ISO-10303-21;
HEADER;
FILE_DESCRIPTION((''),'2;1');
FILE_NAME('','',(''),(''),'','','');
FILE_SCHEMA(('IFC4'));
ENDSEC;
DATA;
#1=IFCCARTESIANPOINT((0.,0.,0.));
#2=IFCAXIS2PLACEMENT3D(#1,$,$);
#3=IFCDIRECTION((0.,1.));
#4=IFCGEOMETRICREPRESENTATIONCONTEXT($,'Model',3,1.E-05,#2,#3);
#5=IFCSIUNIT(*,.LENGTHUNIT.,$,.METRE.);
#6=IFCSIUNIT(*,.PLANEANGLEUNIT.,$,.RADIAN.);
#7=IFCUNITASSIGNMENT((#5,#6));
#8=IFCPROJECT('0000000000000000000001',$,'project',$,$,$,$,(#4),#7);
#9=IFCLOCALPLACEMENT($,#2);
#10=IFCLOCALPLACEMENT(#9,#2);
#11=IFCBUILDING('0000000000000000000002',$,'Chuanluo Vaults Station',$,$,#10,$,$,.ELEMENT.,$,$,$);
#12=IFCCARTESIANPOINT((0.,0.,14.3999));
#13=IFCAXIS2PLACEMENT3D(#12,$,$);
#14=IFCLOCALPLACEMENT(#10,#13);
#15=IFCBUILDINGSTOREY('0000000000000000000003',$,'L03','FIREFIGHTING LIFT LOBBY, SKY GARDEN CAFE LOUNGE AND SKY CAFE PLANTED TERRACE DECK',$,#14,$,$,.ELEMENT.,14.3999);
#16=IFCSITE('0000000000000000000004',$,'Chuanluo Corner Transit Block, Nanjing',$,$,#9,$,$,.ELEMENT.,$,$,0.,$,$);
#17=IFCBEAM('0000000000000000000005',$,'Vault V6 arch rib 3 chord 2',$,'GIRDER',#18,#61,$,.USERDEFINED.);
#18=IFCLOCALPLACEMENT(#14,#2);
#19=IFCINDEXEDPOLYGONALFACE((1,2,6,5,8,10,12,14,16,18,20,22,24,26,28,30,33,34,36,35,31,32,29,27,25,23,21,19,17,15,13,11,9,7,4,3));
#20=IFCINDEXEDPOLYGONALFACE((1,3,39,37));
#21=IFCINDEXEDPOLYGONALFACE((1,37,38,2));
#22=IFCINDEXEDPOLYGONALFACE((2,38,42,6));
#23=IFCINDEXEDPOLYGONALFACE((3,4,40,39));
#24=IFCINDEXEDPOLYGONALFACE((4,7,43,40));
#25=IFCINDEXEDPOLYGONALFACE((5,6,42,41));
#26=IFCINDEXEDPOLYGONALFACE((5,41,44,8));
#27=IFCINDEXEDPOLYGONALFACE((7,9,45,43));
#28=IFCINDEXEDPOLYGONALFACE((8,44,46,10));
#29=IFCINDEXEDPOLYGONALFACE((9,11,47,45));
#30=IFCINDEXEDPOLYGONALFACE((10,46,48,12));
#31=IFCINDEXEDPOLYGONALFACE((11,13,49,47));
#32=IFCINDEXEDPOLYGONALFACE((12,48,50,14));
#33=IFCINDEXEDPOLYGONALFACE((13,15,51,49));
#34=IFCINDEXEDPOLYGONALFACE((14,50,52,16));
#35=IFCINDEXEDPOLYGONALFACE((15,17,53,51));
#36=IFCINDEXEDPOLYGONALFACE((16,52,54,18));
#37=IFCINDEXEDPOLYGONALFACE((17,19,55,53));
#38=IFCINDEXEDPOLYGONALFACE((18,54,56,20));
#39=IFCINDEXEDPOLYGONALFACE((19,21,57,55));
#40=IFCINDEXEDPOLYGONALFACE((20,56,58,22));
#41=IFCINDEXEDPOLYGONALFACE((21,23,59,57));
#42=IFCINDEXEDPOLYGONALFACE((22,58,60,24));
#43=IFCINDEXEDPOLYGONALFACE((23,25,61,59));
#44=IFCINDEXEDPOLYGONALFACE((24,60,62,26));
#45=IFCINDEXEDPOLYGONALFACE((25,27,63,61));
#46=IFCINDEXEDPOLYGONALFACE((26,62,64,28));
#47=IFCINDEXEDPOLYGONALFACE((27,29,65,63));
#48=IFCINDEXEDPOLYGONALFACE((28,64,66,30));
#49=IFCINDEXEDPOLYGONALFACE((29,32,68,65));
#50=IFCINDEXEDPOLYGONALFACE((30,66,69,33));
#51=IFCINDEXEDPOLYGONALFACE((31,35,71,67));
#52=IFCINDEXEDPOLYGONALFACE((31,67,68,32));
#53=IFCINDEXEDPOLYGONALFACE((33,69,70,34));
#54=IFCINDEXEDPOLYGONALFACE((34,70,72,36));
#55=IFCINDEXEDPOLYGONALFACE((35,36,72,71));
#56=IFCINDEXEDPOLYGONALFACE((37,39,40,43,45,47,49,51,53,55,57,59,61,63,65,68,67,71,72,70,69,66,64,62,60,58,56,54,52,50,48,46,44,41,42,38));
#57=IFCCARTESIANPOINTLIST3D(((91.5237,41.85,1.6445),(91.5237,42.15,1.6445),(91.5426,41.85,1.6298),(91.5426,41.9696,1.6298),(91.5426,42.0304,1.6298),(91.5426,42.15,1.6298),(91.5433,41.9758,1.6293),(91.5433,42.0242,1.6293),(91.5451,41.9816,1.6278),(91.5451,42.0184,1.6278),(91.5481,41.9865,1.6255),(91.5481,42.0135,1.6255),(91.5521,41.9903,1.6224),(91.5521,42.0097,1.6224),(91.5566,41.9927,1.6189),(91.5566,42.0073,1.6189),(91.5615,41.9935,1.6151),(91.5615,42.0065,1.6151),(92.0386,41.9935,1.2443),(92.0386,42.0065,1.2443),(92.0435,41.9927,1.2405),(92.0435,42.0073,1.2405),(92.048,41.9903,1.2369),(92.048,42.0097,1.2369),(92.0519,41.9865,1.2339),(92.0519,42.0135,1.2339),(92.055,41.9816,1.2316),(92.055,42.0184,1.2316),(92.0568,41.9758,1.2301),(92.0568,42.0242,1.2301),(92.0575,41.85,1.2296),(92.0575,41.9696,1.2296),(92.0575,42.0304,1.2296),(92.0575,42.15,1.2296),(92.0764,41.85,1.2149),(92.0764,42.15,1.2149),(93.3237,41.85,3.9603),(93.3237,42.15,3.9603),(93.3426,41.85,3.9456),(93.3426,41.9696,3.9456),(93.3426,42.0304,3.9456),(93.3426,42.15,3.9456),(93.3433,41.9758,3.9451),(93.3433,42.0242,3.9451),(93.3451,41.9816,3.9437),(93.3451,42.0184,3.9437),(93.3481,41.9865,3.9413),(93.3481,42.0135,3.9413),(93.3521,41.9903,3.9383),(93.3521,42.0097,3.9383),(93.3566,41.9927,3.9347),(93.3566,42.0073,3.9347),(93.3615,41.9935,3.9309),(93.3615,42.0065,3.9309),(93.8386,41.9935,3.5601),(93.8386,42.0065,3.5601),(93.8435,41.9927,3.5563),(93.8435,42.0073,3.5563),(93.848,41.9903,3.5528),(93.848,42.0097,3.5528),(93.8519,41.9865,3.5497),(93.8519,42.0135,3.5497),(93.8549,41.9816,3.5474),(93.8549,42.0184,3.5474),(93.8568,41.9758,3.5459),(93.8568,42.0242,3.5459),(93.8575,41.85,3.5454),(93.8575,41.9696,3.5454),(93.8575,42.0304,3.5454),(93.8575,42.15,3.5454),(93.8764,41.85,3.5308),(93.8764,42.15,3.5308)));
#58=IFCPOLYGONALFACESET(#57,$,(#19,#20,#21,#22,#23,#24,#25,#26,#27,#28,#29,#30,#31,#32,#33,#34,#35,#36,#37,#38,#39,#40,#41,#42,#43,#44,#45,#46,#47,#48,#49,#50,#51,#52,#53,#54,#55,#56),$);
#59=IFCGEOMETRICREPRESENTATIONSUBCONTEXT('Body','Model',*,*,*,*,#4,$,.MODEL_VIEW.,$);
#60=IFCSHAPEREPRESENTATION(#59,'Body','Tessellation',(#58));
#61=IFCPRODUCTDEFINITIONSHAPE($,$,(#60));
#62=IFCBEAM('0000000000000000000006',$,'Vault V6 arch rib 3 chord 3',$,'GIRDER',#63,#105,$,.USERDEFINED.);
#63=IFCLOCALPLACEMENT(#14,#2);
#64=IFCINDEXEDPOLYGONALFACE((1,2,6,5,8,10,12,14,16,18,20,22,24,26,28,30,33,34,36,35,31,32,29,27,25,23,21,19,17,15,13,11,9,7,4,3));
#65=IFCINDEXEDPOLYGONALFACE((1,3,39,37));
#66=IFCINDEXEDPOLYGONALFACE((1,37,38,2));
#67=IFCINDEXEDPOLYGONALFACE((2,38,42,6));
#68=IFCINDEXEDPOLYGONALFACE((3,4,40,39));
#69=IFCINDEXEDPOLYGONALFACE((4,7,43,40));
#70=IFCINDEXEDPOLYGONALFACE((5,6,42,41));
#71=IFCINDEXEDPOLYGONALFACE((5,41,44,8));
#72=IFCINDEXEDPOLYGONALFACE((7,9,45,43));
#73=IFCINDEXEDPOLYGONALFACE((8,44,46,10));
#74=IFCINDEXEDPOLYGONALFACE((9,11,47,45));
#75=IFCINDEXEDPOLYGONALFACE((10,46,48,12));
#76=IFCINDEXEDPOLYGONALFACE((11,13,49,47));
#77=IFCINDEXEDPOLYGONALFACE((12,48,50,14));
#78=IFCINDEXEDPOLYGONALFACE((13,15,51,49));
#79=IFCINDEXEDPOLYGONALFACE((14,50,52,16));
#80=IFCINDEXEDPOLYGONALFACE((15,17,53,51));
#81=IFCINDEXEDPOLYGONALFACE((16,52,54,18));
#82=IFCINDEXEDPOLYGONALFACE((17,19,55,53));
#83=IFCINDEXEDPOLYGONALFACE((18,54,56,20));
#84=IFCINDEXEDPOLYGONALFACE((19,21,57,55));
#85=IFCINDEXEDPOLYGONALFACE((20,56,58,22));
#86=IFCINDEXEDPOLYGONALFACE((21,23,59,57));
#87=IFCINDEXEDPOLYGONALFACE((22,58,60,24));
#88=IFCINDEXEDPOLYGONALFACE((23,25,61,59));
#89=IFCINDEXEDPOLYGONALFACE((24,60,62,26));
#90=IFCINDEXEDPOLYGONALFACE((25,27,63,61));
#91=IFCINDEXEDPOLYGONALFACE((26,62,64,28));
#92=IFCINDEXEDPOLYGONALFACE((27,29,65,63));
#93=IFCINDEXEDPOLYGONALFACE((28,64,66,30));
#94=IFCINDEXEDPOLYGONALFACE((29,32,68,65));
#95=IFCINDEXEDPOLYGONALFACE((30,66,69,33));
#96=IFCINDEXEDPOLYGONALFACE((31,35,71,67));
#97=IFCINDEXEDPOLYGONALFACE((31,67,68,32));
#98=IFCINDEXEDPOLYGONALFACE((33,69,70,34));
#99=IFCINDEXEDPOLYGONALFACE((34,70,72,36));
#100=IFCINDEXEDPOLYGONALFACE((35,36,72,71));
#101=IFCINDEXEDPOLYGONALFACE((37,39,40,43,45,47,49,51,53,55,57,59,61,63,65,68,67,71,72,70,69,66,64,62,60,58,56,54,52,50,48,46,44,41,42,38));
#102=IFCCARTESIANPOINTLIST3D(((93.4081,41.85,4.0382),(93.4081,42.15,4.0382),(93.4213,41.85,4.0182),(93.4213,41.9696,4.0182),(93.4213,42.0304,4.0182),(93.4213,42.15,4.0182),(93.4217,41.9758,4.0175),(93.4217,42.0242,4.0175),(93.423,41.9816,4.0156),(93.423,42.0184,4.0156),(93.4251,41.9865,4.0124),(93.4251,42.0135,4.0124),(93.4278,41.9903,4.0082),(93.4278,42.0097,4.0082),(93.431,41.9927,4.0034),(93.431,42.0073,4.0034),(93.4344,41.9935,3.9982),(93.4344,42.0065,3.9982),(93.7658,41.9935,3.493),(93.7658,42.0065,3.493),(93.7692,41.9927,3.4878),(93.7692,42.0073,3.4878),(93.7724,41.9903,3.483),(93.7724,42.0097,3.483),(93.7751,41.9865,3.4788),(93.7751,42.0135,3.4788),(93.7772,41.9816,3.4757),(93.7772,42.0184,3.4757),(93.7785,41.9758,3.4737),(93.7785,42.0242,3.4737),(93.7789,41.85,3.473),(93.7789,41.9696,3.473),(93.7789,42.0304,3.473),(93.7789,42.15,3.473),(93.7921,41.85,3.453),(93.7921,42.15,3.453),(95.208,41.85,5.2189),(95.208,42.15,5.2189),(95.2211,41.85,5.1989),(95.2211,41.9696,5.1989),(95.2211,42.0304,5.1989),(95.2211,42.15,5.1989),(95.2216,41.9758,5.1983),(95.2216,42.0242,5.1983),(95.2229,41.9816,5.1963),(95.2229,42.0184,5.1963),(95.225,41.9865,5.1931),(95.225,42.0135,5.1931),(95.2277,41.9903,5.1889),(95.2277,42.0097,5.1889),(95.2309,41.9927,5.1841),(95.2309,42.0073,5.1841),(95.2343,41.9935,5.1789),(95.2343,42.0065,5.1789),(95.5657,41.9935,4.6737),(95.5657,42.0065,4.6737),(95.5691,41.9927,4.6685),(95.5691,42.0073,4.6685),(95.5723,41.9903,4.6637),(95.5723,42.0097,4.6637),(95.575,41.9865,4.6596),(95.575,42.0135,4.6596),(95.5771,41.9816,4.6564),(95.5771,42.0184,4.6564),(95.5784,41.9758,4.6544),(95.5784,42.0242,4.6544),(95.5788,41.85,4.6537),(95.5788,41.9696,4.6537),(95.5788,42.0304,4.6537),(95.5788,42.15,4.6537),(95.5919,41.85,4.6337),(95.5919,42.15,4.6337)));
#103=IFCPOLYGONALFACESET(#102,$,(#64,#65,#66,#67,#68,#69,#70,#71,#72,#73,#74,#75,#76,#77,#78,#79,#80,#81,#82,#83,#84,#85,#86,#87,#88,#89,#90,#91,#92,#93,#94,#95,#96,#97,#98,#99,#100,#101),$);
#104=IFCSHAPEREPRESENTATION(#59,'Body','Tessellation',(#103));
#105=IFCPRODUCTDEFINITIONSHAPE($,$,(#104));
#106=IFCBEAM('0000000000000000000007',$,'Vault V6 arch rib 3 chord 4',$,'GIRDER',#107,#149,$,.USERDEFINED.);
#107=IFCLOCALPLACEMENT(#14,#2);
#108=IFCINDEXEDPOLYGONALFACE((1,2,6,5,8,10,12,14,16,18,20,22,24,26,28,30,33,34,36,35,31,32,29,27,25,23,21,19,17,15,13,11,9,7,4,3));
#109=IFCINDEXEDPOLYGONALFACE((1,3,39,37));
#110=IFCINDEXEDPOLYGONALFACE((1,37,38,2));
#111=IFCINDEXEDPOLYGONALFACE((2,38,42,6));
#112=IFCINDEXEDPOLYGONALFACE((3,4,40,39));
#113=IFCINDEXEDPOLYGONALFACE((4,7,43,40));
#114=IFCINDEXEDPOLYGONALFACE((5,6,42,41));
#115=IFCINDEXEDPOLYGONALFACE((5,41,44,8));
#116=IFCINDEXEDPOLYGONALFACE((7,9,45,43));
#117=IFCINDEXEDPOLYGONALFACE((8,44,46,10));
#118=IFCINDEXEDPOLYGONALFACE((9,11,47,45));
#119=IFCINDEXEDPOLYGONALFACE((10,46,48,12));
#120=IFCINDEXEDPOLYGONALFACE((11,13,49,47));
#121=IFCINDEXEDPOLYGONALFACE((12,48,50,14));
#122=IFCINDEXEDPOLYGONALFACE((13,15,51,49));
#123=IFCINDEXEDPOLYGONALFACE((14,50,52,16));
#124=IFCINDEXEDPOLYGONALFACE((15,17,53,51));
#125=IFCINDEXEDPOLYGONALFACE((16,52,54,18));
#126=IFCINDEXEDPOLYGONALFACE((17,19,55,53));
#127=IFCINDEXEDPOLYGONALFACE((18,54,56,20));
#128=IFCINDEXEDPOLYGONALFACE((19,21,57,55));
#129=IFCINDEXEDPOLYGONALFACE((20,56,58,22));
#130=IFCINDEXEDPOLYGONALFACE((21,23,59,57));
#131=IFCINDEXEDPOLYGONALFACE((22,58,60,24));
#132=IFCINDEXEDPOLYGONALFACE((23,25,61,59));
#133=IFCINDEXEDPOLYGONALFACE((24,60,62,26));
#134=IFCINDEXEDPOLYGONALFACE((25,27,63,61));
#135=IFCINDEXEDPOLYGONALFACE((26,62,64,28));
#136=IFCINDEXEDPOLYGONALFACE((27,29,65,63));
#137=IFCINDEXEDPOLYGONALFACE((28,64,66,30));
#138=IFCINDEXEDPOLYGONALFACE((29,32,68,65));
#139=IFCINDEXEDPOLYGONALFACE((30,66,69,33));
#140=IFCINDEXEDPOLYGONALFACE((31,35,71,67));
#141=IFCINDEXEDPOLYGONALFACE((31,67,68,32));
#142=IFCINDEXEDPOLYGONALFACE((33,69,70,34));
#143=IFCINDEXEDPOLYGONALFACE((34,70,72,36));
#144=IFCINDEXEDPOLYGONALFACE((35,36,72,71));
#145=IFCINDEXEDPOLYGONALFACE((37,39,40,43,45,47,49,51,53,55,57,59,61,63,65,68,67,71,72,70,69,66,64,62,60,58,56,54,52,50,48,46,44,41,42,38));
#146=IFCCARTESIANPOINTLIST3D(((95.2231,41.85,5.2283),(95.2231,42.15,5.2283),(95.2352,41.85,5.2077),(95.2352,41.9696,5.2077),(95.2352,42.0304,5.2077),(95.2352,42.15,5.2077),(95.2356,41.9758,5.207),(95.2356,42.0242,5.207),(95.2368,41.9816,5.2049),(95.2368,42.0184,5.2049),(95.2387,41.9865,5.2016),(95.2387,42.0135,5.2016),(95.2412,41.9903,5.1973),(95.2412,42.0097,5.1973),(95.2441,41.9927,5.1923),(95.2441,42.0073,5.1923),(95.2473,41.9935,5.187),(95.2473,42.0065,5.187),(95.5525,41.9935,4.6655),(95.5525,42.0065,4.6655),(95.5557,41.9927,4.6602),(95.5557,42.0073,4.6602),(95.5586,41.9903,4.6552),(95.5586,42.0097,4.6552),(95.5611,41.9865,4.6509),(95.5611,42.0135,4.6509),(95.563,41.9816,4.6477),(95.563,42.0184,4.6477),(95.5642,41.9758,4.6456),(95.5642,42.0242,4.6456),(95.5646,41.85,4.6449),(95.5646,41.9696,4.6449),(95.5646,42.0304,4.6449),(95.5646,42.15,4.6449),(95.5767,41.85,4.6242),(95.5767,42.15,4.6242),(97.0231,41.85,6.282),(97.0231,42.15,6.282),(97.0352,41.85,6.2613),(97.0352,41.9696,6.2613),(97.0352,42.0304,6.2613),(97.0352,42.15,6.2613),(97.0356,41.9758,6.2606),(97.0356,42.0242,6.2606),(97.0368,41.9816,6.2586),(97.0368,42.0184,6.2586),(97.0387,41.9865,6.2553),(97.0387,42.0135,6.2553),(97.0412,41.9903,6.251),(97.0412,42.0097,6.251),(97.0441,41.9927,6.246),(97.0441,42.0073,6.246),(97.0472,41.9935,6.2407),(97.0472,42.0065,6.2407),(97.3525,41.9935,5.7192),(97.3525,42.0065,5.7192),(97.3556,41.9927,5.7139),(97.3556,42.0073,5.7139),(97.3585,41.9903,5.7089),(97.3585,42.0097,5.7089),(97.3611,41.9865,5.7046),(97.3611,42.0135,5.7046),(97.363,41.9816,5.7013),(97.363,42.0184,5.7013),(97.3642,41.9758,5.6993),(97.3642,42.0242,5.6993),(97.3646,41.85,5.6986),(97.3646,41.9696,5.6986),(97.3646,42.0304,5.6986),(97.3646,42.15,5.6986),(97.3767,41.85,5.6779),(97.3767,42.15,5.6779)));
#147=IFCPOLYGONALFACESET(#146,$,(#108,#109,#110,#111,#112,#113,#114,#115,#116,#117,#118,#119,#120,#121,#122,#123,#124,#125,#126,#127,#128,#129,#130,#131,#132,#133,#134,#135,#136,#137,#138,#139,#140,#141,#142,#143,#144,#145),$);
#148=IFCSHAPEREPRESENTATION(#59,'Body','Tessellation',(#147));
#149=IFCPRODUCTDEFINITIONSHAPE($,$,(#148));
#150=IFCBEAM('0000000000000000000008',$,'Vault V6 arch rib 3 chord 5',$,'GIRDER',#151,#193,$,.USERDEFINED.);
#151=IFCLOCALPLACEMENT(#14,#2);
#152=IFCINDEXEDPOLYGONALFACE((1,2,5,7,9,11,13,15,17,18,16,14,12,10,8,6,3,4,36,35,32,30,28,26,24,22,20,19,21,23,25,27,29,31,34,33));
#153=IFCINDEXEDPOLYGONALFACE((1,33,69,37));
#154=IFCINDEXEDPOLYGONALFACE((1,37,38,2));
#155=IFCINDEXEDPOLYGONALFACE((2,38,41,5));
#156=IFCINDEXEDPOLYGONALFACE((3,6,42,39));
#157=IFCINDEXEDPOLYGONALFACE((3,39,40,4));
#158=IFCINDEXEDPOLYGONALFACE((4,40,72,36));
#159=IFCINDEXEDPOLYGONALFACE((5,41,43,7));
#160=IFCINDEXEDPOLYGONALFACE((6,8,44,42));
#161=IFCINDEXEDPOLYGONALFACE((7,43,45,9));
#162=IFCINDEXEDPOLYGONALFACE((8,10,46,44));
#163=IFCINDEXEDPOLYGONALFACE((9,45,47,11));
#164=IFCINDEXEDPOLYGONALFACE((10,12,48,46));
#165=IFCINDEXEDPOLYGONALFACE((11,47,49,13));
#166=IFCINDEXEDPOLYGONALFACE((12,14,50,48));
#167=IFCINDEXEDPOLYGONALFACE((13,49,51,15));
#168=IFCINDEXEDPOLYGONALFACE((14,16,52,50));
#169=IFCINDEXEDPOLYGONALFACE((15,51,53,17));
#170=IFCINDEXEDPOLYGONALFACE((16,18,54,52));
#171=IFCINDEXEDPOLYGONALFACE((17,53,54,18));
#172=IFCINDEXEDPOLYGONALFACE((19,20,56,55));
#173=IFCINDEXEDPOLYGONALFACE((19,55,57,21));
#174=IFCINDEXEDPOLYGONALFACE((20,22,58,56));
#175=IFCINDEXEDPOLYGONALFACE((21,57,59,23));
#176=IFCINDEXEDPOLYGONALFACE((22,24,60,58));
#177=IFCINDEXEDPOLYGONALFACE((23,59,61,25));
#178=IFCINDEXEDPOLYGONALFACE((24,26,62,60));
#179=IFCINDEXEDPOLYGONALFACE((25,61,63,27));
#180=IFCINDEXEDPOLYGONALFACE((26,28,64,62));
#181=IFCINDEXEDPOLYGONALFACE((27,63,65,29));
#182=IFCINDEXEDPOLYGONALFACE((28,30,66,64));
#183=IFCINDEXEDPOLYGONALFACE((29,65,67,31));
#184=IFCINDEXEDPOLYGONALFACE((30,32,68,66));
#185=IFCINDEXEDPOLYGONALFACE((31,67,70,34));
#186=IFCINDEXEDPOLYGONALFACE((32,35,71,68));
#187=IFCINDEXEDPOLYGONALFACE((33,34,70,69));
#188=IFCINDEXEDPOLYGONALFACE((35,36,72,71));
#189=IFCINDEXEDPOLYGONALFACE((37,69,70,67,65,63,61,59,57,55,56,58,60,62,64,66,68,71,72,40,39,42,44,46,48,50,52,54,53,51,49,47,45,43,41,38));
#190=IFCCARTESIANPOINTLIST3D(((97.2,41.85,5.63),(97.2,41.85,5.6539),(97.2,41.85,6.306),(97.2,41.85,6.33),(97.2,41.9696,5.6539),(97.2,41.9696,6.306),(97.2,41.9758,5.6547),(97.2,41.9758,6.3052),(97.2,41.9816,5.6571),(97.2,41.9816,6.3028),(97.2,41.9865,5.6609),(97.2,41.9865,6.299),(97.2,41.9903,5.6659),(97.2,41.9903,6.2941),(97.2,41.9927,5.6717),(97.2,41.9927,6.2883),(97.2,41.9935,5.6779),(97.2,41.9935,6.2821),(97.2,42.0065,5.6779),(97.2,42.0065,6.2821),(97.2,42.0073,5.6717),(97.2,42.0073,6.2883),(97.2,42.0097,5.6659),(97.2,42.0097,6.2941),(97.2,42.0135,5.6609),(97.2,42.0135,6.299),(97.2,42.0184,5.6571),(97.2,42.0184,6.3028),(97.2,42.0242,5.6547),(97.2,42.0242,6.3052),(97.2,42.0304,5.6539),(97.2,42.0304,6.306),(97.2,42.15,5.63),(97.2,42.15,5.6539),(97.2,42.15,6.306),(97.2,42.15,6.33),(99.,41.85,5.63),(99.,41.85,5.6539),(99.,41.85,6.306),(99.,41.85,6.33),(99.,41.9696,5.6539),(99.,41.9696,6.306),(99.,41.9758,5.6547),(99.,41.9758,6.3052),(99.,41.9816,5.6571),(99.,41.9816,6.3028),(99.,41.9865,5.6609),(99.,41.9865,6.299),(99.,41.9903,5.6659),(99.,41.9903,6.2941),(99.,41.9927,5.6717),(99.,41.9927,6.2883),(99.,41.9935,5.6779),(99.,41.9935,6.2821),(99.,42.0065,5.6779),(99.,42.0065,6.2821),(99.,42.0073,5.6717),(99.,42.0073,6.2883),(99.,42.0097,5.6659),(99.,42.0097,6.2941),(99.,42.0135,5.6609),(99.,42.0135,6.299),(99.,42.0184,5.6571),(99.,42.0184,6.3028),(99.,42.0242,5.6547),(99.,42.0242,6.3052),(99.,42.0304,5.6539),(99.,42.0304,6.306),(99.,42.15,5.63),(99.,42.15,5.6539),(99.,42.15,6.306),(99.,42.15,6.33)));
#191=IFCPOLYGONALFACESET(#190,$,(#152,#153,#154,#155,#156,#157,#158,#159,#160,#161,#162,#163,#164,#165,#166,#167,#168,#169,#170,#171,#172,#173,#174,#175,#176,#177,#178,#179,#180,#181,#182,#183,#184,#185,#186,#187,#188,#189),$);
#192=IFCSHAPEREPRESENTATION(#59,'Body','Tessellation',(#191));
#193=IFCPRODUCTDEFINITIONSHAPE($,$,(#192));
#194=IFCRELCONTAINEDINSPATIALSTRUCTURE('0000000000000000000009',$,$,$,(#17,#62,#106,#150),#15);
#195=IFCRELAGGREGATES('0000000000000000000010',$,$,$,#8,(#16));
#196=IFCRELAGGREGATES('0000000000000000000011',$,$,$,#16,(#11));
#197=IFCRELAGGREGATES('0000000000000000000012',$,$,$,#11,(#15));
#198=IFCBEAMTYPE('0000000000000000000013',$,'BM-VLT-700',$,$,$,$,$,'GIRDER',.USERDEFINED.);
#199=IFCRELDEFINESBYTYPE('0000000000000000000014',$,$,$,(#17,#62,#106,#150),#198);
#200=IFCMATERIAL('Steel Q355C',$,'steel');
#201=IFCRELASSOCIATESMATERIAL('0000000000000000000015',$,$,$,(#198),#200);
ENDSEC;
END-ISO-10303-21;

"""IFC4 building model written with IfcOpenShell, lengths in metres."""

from ifc_helpers import new_model, si_unit, direction, frame, origin, origin_2d, place, context, subcontext, project, spatial, i_section, extrude, material, material_profile, profile_set, type_object, element, save


model = new_model("IFC4")

# Units and contexts
model_context = context("Model", 3, precision=1e-05, world=origin(), true_north=direction((0.0, 1.0)))
body_context = subcontext(model_context, "Body", "Model", "MODEL_VIEW")
ifc_project = project(units=[si_unit("LENGTHUNIT", "METRE"), si_unit("PLANEANGLEUNIT", "RADIAN")], contexts=[model_context])

# Site, building, storey
site_placement = place(None, origin())
site = spatial("IfcSite", under=ifc_project, at=site_placement, Name="Chuanluo Corner Transit Block, Nanjing", CompositionType="ELEMENT", RefElevation=0.0)
building_placement = place(site_placement, origin())
building = spatial("IfcBuilding", under=site, at=building_placement, Name="Chuanluo Vaults Station", CompositionType="ELEMENT")
storey_placement = place(building_placement, frame((0.0, 0.0, 14.3999)))
storey = spatial("IfcBuildingStorey", under=building, at=storey_placement, Name="L03", Description="FIREFIGHTING LIFT LOBBY, SKY GARDEN CAFE LOUNGE AND SKY CAFE PLANTED TERRACE DECK", CompositionType="ELEMENT", Elevation=14.3999)

# Beams
ifc_material_1 = material(Name="Steel Q355C", Category="steel")
ifc_material_profile_1 = material_profile(ifc_material_1, i_section(OverallWidth=0.3, OverallDepth=0.7, WebThickness=0.0129, FlangeThickness=0.0239, FilletRadius=0.0239, at=origin_2d()))
ifc_profile_set_1 = profile_set([ifc_material_profile_1], Name="Steel Q355C")
beam_type = type_object("IfcBeamType", Name="BM-VLT-700", ElementType="GIRDER", PredefinedType="USERDEFINED", material=ifc_profile_set_1)
beam_1_placement = place(storey_placement, frame((91.8, 42.0, 1.4297), z_axis=(0.613681, 0.0, 0.789554), x_axis=(0.0, 1.0, 0.0)))
element("IfcBeam", 1, at=beam_1_placement, inside=storey, type_object=beam_type, Name="Vault V6 arch rib 3 chord 2", ObjectType="GIRDER", PredefinedType="USERDEFINED", context=body_context, shape_type="SweptSolid", body=[
    extrude(i_section(OverallWidth=0.3, OverallDepth=0.7, WebThickness=0.0129, FlangeThickness=0.0239, FilletRadius=0.0239, at=origin_2d()), origin(), (0.0, 0.0, 1.0), 2.9331),
])
beam_2_placement = place(storey_placement, frame((93.6001, 42.0, 3.7456), z_axis=(0.836145, 0.0, 0.548508), x_axis=(0.0, 1.0, 0.0)))
element("IfcBeam", 2, at=beam_2_placement, inside=storey, type_object=beam_type, Name="Vault V6 arch rib 3 chord 3", ObjectType="GIRDER", PredefinedType="USERDEFINED", context=body_context, shape_type="SweptSolid", body=[
    extrude(i_section(OverallWidth=0.3, OverallDepth=0.7, WebThickness=0.0129, FlangeThickness=0.0239, FilletRadius=0.0239, at=origin_2d()), origin(), (0.0, 0.0, 1.0), 2.1526),
])
beam_3_placement = place(storey_placement, frame((95.3999, 42.0, 4.9263), z_axis=(0.863009, 0.0, 0.505188), x_axis=(0.0, 1.0, 0.0)))
element("IfcBeam", 3, at=beam_3_placement, inside=storey, type_object=beam_type, Name="Vault V6 arch rib 3 chord 4", ObjectType="GIRDER", PredefinedType="USERDEFINED", context=body_context, shape_type="SweptSolid", body=[
    extrude(i_section(OverallWidth=0.3, OverallDepth=0.7, WebThickness=0.0129, FlangeThickness=0.0239, FilletRadius=0.0239, at=origin_2d()), origin(), (0.0, 0.0, 1.0), 2.0857),
])
for number, where, z_axis, x_axis, name in (
    (4, (97.2, 42.0, 5.98), (1.0, 0.0, 0.0), (0.0, 1.0, 0.0), "Vault V6 arch rib 3 chord 5"),
):
    element("IfcBeam", number, at=place(storey_placement, frame(where, z_axis=z_axis, x_axis=x_axis)), inside=storey, type_object=beam_type, Name=name, ObjectType="GIRDER", PredefinedType="USERDEFINED", context=body_context, shape_type="SweptSolid", body=[
        extrude(i_section(OverallWidth=0.3, OverallDepth=0.7, WebThickness=0.0129, FlangeThickness=0.0239, FilletRadius=0.0239, at=origin_2d()), origin(), (0.0, 0.0, 1.0), 1.8),
    ])

save(model, "model.ifc")
